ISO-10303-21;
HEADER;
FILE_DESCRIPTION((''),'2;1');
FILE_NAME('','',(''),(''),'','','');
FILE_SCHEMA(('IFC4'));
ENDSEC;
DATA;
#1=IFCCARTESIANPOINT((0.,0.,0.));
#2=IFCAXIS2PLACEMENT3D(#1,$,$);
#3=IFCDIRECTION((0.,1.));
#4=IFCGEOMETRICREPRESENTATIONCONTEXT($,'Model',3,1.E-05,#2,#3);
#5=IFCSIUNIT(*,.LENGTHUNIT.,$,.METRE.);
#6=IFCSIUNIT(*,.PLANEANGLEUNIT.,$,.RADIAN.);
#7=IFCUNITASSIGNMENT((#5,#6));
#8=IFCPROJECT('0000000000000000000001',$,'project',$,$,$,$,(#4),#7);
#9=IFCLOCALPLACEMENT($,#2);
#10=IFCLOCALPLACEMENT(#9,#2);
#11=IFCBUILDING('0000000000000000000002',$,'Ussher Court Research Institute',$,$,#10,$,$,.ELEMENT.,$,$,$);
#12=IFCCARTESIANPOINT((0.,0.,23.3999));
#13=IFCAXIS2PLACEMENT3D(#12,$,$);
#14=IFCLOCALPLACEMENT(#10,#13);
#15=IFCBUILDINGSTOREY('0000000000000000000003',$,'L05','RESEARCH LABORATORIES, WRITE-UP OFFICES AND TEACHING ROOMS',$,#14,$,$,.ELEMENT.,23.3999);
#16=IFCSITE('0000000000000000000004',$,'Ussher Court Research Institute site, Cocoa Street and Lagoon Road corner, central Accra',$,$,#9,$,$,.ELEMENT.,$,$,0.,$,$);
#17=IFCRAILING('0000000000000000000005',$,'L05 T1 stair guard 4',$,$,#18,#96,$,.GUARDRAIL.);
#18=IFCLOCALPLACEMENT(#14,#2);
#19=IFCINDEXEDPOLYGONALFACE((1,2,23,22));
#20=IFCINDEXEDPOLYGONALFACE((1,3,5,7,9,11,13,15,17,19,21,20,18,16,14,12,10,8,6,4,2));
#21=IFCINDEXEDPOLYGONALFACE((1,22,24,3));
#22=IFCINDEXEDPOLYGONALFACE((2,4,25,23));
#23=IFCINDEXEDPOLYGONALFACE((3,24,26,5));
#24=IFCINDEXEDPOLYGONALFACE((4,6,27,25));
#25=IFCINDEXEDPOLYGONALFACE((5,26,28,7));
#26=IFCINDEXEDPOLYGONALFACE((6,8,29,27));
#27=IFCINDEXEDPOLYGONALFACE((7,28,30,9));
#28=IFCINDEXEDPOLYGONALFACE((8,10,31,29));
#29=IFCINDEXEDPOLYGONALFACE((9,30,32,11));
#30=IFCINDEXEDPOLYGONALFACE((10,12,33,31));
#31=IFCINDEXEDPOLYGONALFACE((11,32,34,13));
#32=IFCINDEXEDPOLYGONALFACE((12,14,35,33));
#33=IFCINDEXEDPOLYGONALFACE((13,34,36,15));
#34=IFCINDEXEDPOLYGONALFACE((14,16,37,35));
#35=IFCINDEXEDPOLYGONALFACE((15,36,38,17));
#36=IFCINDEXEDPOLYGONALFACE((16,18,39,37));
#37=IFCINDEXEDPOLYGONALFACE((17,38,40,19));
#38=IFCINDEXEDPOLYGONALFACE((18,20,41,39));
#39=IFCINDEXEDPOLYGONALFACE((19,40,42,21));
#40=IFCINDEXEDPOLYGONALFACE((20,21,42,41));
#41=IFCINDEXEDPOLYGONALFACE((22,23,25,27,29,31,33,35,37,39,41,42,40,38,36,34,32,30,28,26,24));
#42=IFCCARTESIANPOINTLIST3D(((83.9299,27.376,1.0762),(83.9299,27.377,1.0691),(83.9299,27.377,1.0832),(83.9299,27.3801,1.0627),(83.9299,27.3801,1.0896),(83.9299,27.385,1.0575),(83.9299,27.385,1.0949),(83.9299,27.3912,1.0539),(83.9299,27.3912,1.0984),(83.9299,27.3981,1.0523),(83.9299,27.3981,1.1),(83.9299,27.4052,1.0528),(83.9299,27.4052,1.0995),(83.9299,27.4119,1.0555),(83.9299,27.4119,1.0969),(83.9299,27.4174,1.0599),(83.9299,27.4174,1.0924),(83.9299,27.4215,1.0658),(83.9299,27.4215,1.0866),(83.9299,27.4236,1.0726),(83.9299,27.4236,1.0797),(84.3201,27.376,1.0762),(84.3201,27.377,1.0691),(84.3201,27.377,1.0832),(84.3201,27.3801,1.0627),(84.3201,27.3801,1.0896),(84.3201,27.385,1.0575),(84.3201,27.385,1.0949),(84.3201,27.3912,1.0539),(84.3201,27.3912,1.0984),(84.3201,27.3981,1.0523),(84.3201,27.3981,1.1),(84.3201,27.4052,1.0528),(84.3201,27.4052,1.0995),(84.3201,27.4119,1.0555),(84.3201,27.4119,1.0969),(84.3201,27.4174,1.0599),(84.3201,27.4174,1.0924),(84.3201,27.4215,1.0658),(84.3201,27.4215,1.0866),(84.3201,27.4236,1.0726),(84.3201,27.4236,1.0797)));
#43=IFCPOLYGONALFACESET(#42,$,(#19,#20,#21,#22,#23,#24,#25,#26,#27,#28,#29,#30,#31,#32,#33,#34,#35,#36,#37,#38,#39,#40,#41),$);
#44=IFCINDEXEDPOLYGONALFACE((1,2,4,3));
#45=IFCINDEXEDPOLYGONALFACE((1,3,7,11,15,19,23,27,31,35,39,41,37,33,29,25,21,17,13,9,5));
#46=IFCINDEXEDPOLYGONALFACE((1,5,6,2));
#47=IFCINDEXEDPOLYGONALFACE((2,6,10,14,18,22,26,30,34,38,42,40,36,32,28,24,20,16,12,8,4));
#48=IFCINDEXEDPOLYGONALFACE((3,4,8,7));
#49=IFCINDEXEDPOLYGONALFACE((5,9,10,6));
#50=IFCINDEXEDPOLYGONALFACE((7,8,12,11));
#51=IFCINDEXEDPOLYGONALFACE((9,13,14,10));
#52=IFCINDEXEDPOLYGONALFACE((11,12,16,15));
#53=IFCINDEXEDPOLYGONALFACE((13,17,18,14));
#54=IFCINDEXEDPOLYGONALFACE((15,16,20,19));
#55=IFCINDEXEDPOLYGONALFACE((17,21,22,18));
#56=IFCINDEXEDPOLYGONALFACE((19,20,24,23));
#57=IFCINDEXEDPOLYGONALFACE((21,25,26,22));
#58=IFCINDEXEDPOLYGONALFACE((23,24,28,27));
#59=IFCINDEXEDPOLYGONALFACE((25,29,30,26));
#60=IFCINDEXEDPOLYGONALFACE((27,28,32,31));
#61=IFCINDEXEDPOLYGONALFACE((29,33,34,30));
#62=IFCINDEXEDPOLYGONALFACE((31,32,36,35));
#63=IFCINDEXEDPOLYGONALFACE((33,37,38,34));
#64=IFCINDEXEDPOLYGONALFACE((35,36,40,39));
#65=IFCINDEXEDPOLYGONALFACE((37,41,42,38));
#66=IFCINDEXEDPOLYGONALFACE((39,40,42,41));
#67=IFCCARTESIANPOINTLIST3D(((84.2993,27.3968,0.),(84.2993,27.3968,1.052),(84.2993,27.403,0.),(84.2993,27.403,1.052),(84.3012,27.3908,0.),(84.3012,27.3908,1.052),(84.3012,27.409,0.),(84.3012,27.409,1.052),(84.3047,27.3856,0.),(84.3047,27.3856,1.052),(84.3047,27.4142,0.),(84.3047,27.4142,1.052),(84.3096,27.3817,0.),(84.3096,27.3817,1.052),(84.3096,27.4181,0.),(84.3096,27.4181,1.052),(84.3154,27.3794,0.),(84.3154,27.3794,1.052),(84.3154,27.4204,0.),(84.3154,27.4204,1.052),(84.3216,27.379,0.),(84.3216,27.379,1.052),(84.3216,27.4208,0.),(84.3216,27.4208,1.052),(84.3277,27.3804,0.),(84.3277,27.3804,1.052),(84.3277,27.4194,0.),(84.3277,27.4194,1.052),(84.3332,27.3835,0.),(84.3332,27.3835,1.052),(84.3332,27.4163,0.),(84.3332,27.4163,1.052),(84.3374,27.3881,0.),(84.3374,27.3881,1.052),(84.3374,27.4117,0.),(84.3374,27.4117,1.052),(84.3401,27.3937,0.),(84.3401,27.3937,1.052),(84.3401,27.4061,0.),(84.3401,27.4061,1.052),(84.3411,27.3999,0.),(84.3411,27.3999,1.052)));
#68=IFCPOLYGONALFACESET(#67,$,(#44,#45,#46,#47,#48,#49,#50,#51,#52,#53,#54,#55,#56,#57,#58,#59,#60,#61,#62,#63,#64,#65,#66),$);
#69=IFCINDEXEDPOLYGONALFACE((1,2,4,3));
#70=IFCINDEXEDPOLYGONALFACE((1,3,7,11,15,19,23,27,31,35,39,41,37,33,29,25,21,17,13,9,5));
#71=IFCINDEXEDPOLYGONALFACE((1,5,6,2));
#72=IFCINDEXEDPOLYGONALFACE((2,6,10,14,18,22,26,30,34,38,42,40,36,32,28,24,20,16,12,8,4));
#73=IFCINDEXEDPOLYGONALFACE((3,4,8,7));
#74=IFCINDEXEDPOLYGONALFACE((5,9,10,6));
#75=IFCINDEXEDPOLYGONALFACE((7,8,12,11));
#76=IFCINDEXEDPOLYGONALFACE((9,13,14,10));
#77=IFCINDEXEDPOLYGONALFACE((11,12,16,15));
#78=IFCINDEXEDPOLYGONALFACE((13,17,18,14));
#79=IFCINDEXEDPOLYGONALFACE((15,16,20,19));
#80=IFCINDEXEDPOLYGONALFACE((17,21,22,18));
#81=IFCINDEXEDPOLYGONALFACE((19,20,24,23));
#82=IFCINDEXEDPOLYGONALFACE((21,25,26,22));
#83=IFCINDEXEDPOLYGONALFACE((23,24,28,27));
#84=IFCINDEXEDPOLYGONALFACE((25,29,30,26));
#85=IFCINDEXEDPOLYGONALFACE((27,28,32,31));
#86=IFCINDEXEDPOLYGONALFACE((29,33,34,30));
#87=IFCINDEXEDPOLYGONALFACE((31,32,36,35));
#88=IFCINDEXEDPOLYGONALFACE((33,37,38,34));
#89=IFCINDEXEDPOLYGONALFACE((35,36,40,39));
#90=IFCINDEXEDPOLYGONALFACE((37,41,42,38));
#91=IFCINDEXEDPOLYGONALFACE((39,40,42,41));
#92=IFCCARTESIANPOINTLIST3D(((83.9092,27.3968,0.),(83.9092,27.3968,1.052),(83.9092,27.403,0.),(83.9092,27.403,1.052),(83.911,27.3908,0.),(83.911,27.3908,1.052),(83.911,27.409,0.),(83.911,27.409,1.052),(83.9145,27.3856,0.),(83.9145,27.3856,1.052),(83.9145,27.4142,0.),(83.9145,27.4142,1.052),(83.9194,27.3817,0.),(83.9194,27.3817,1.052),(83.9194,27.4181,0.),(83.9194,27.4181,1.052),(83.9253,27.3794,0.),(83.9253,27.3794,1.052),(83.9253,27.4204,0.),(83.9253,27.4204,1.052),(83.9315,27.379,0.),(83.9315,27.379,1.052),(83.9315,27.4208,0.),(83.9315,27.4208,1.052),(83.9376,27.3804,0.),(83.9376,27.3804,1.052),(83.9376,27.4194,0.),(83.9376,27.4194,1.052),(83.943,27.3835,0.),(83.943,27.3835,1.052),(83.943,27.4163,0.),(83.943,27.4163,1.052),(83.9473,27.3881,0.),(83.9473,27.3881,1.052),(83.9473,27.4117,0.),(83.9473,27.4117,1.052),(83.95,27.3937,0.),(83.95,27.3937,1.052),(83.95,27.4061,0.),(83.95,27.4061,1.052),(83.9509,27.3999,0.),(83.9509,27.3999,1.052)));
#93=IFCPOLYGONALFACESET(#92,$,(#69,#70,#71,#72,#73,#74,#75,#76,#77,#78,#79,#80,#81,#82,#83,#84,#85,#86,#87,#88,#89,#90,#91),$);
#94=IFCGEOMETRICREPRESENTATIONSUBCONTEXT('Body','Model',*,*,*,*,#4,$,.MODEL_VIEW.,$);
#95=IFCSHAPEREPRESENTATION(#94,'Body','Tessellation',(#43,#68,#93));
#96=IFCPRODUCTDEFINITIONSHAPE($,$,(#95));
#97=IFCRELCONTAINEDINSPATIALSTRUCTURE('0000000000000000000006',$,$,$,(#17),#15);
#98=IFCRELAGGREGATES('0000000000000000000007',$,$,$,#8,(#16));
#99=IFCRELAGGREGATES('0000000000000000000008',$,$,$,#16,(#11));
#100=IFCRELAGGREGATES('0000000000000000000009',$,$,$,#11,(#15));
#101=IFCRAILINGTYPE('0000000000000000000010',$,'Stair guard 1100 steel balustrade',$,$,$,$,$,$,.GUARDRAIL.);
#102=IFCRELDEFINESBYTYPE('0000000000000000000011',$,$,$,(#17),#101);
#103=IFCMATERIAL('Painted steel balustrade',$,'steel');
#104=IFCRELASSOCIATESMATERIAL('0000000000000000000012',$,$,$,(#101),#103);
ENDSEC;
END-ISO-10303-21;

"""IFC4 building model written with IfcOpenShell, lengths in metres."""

from ifc_helpers import new_model, si_unit, direction, frame, origin, origin_2d, place, context, subcontext, project, spatial, circle, extrude, material, type_object, element, save


model = new_model("IFC4")

# Units and contexts
model_context = context("Model", 3, precision=1e-05, world=origin(), true_north=direction((0.0, 1.0)))
body_context = subcontext(model_context, "Body", "Model", "MODEL_VIEW")
ifc_project = project(units=[si_unit("LENGTHUNIT", "METRE"), si_unit("PLANEANGLEUNIT", "RADIAN")], contexts=[model_context])

# Site, building, storey
site_placement = place(None, origin())
site = spatial("IfcSite", under=ifc_project, at=site_placement, Name="Ussher Court Research Institute site, Cocoa Street and Lagoon Road corner, central Accra", CompositionType="ELEMENT", RefElevation=0.0)
building_placement = place(site_placement, origin())
building = spatial("IfcBuilding", under=site, at=building_placement, Name="Ussher Court Research Institute", CompositionType="ELEMENT")
storey_placement = place(building_placement, frame((0.0, 0.0, 23.3999)))
storey = spatial("IfcBuildingStorey", under=building, at=storey_placement, Name="L05", Description="RESEARCH LABORATORIES, WRITE-UP OFFICES AND TEACHING ROOMS", CompositionType="ELEMENT", Elevation=23.3999)

# Railing
ifc_material_1 = material(Name="Painted steel balustrade", Category="steel")
railing_type_1 = type_object("IfcRailingType", Name="Stair guard 1100 steel balustrade", PredefinedType="GUARDRAIL", material=ifc_material_1)
railing_1_placement = place(storey_placement, frame((84.3201, 27.3999, 0.0)))
element("IfcRailing", 1, at=railing_1_placement, inside=storey, type_object=railing_type_1, Name="L05 T1 stair guard 4", PredefinedType="GUARDRAIL", context=body_context, shape_type="SweptSolid", body=[
    extrude(circle(Radius=0.0239, at=origin_2d()), frame((0.0, 0.0, 1.0762), z_axis=(-1.0, 0.0, 0.0), x_axis=(0.0, -1.0, 0.0)), (0.0, 0.0, 1.0), 0.3901),
    extrude(circle(Radius=0.021, at=origin_2d()), origin(), (0.0, 0.0, 1.0), 1.052),
    extrude(circle(Radius=0.021, at=origin_2d()), frame((-0.3901, 0.0, 0.0)), (0.0, 0.0, 1.0), 1.052),
])

save(model, "model.ifc")
